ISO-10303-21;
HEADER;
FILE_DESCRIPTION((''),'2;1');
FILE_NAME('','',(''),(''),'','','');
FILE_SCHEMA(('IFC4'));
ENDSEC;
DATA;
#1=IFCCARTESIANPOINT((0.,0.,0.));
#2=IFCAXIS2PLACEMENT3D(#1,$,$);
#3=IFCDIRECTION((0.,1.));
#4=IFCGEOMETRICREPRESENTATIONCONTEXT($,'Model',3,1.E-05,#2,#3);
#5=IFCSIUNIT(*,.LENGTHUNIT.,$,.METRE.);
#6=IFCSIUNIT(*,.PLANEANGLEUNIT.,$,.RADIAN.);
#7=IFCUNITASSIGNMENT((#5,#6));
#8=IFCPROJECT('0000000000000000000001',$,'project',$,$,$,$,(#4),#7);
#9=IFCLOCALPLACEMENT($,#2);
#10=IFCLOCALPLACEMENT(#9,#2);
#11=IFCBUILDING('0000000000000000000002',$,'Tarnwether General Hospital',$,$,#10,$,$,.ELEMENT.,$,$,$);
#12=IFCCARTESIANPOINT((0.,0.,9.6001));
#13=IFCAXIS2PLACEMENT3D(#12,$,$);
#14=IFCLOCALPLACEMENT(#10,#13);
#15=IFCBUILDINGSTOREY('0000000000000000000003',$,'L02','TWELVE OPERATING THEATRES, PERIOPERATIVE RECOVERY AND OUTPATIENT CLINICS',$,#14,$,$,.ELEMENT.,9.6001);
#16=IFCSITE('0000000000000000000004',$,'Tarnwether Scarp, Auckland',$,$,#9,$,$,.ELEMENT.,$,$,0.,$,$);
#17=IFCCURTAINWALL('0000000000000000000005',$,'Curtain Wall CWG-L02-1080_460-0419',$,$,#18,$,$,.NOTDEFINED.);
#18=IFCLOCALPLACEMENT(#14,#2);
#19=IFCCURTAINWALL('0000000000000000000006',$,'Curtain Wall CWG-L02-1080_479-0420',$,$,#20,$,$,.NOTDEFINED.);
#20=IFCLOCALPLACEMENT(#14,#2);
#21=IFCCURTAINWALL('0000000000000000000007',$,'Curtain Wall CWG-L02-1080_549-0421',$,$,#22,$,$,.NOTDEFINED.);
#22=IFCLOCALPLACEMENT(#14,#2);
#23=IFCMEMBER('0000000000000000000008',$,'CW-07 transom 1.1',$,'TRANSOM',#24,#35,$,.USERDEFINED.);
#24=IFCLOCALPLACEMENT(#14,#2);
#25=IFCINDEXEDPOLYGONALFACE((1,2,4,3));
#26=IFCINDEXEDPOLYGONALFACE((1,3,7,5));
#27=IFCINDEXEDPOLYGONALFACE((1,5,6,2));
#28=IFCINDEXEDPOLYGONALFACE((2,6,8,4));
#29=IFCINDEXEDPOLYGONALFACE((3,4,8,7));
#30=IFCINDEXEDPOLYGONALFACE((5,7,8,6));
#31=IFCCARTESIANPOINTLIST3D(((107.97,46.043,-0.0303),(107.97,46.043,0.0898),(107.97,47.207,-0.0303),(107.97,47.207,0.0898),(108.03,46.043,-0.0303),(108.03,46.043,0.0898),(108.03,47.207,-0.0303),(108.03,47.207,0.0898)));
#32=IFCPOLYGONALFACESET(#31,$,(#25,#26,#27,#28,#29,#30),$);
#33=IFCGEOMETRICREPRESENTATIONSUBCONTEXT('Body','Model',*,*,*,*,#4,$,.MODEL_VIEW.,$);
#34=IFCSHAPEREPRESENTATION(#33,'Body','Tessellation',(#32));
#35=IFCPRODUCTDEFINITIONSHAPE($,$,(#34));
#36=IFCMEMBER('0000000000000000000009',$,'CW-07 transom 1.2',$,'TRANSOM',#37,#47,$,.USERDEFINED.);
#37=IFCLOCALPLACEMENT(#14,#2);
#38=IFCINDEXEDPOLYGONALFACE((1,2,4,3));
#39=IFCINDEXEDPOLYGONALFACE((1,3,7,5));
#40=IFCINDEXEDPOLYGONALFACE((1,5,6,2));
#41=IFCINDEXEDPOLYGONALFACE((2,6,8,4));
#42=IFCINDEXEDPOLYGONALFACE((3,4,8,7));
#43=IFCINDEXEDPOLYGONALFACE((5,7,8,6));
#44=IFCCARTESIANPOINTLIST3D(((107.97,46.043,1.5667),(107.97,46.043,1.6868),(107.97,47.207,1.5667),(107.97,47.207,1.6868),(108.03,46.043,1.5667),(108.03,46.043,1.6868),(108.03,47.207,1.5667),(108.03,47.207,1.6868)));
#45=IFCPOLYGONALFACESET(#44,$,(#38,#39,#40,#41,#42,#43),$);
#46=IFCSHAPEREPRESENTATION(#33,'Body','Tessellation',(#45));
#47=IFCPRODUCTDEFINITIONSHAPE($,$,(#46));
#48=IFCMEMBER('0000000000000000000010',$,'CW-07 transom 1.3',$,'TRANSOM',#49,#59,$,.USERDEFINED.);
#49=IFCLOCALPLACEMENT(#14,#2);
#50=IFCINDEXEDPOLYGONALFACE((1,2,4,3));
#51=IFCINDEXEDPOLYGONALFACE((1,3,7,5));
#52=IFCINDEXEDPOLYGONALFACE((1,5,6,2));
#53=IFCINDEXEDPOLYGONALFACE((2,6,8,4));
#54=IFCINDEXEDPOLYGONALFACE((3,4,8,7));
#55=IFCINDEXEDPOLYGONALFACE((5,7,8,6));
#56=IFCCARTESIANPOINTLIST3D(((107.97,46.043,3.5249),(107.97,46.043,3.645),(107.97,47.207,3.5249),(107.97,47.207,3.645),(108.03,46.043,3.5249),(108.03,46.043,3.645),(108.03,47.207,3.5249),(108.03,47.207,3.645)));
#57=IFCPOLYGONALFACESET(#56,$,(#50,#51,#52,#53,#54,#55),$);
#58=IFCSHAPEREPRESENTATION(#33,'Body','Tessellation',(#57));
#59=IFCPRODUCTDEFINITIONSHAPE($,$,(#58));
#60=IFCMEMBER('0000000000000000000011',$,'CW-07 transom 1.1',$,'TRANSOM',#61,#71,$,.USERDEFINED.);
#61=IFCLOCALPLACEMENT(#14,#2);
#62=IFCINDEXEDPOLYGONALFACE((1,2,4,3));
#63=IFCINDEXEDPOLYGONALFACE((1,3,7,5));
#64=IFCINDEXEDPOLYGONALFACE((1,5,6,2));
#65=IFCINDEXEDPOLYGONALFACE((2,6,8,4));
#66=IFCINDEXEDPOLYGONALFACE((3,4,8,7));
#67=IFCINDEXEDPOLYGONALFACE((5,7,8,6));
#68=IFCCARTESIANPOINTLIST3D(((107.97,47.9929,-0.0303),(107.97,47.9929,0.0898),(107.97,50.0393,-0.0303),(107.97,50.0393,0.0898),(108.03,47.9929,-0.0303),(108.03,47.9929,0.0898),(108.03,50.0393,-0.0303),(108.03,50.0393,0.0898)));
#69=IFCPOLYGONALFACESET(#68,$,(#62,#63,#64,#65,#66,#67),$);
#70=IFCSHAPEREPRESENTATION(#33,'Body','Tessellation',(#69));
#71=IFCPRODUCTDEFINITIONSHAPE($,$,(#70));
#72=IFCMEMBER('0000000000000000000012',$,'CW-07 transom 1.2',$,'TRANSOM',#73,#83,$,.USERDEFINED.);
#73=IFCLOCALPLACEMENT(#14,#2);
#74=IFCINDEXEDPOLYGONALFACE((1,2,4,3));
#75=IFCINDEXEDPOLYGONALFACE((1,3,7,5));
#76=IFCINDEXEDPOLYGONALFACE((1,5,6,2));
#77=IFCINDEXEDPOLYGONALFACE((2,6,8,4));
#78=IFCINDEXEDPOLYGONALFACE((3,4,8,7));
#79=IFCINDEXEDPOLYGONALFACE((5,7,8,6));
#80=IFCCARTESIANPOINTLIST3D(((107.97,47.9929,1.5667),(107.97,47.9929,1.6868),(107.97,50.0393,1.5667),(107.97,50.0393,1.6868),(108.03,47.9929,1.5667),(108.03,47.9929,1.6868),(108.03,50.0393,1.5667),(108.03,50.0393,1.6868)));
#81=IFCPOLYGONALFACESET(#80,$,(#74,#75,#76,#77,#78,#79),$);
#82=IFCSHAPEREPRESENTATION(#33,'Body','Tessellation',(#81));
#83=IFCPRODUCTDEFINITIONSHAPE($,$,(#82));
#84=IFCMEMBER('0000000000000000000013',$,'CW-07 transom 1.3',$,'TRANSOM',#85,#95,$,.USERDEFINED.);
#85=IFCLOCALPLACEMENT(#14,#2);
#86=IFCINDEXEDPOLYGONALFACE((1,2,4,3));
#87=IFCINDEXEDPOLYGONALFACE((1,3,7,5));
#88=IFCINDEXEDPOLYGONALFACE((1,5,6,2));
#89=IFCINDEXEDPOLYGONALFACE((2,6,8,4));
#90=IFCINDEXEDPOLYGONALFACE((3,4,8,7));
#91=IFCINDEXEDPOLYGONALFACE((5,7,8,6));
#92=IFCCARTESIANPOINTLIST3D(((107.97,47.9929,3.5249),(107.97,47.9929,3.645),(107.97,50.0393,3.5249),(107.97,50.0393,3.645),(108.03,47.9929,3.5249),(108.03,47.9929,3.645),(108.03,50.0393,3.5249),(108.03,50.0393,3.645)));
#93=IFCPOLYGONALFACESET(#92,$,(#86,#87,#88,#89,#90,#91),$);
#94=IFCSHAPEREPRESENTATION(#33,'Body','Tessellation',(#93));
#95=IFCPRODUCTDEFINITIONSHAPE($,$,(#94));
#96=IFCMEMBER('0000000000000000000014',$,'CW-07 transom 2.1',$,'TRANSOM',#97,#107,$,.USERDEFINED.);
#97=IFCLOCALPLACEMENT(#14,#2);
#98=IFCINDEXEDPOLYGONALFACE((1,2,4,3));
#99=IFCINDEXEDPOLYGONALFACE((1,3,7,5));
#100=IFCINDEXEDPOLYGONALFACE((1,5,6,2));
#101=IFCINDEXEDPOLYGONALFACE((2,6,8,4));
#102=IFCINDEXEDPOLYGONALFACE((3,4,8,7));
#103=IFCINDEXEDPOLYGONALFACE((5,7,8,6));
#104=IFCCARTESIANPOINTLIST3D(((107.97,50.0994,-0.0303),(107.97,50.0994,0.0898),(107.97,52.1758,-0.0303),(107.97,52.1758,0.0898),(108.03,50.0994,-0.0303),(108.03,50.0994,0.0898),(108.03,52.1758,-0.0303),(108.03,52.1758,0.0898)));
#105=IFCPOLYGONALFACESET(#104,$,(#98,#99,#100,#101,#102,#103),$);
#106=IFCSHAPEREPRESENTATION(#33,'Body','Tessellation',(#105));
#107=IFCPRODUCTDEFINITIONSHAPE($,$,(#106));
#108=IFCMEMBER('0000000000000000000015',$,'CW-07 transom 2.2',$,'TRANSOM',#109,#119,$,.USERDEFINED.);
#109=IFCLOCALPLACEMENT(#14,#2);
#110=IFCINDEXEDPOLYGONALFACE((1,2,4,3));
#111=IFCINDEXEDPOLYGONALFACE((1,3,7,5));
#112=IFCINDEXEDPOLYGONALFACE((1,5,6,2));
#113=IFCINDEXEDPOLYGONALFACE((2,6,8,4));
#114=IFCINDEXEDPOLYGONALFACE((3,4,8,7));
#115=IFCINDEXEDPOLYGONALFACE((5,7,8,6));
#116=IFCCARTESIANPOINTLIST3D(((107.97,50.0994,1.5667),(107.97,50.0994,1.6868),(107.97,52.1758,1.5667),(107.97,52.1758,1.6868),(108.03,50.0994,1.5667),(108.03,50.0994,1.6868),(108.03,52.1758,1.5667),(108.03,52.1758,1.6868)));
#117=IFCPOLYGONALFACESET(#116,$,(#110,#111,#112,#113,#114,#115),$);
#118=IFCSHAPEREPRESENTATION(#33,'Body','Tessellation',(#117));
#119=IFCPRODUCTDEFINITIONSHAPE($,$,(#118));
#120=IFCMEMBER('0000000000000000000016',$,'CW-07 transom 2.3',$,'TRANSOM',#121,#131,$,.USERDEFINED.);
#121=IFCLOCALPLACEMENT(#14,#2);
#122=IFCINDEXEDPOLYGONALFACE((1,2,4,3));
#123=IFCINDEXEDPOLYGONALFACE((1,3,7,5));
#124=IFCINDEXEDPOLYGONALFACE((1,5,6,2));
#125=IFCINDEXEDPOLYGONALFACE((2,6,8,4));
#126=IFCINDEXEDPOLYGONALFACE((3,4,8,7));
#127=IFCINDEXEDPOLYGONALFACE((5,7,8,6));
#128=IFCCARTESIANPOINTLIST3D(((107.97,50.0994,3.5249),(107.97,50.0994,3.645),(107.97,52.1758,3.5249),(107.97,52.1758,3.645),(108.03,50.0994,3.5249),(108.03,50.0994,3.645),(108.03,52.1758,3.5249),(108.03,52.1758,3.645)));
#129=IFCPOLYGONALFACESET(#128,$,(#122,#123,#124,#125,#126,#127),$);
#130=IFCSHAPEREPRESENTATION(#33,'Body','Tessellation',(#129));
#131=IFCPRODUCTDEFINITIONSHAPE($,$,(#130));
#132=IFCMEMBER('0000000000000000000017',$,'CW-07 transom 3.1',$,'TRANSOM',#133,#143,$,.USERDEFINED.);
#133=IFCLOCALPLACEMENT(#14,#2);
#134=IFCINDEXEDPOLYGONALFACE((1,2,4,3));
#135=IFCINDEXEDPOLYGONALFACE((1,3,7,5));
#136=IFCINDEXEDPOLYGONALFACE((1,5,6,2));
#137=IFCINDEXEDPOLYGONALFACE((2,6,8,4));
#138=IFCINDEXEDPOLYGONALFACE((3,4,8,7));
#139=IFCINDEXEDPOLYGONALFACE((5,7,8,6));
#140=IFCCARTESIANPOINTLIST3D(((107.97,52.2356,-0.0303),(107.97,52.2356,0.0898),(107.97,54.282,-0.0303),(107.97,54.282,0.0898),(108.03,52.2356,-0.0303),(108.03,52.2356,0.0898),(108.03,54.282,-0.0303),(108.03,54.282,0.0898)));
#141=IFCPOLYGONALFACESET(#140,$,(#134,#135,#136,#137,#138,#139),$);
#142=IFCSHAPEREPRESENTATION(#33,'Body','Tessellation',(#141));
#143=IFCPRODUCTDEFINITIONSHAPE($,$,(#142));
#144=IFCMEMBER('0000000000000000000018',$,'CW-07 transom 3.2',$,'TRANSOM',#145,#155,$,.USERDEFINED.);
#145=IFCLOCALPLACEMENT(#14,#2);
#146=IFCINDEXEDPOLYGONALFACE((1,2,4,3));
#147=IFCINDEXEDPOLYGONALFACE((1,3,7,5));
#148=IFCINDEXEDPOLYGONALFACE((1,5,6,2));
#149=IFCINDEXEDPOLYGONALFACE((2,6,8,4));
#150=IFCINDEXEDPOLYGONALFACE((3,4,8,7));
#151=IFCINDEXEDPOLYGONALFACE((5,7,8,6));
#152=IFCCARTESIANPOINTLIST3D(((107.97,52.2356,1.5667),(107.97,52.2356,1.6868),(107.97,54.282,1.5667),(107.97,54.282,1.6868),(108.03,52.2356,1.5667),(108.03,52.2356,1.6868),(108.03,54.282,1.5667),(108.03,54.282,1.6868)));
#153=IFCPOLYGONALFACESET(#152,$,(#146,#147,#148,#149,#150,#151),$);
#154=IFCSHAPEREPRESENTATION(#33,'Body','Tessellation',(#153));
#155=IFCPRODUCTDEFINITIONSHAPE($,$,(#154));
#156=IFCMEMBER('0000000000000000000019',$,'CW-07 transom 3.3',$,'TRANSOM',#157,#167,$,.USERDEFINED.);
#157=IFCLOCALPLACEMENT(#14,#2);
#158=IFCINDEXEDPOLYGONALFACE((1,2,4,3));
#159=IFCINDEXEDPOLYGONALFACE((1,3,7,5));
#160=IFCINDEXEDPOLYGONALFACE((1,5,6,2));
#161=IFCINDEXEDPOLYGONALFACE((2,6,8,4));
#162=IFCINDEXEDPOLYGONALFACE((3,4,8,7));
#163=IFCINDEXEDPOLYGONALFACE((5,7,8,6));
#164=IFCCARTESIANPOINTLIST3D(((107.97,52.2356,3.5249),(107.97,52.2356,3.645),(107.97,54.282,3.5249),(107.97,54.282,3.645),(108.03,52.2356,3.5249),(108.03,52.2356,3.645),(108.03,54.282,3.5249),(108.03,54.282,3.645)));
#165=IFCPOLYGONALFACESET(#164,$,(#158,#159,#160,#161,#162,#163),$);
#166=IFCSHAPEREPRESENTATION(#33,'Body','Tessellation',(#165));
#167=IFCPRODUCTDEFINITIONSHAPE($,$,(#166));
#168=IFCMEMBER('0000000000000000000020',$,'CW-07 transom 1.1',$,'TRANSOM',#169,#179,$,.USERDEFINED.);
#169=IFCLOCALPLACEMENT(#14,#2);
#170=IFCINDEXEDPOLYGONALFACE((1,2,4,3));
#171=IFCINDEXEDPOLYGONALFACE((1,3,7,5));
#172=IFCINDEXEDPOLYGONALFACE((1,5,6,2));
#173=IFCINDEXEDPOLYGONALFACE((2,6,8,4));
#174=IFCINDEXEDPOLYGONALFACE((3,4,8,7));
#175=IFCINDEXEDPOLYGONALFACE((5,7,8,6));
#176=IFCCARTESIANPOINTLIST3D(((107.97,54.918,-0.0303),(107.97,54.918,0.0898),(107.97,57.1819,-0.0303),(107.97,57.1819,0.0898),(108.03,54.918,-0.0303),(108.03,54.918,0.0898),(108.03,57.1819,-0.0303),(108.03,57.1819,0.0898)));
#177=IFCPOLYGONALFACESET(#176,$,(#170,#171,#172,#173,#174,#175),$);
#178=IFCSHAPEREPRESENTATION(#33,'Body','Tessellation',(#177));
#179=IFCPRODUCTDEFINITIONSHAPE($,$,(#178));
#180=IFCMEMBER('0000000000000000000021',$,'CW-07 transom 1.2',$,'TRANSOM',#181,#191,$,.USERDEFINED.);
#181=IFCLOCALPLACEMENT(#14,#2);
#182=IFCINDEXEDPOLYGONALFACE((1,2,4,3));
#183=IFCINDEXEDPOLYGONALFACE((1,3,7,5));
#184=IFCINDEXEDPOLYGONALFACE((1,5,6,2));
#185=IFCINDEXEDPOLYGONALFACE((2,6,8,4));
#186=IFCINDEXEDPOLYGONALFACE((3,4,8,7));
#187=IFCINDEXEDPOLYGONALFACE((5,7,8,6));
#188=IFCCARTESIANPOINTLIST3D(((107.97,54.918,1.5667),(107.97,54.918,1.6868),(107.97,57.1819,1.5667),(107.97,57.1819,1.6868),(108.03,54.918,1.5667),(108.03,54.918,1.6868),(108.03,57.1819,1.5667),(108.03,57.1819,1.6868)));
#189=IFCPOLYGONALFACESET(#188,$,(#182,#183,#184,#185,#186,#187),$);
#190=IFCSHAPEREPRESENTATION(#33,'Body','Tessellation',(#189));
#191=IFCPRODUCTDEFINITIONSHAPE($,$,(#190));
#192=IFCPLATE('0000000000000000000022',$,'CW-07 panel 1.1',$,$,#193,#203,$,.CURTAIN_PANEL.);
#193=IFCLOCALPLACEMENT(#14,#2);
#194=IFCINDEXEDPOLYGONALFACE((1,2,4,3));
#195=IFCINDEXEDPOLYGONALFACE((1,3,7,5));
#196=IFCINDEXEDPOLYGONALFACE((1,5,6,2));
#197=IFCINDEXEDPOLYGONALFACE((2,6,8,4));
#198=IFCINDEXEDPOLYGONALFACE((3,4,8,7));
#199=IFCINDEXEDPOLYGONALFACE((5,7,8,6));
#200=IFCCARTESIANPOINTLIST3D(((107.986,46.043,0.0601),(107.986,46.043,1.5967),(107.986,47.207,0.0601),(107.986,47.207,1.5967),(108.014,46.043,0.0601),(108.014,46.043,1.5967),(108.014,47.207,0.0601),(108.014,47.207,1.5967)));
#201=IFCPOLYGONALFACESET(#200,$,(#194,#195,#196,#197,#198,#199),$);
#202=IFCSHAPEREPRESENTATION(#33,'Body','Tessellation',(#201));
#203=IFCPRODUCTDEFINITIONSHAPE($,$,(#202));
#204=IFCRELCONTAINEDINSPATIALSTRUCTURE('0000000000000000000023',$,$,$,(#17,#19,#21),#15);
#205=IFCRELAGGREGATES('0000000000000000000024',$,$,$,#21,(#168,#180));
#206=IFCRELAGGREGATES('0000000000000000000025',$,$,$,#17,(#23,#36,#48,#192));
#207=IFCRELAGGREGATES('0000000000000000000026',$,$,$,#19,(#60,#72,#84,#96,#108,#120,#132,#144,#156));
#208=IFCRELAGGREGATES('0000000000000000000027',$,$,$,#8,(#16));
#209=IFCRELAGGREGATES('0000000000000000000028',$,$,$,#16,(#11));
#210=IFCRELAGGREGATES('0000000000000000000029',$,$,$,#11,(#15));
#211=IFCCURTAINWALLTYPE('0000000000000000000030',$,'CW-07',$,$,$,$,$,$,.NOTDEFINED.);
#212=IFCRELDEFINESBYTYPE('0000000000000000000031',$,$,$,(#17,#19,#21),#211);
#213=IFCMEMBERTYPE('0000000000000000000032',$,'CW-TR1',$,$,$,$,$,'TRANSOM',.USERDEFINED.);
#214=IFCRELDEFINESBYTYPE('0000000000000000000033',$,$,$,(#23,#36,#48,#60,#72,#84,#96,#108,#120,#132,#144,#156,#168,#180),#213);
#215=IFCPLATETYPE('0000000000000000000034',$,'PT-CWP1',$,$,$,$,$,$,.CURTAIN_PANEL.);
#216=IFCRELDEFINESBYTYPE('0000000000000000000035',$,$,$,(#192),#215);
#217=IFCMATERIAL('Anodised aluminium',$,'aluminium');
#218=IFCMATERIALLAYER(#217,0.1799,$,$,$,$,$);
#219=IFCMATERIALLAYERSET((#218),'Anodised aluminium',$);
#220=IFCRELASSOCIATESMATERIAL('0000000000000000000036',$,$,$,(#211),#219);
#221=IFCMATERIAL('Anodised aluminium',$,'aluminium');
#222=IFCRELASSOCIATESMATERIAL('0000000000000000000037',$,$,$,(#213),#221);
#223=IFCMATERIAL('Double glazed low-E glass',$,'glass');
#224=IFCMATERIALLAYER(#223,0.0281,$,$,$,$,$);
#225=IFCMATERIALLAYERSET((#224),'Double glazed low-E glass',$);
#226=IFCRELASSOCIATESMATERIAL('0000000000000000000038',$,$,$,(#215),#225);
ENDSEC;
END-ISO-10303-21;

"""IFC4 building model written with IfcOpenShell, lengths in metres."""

from ifc_helpers import new_model, si_unit, direction, frame, origin, origin_2d, place, context, subcontext, project, spatial, rectangle, extrude, material, layer, layer_set, material_profile, profile_set, type_object, element, aggregate, save


model = new_model("IFC4")

# Units and contexts
model_context = context("Model", 3, precision=1e-05, world=origin(), true_north=direction((0.0, 1.0)))
body_context = subcontext(model_context, "Body", "Model", "MODEL_VIEW")
ifc_project = project(units=[si_unit("LENGTHUNIT", "METRE"), si_unit("PLANEANGLEUNIT", "RADIAN")], contexts=[model_context])

# Site, building, storey
site_placement = place(None, origin())
site = spatial("IfcSite", under=ifc_project, at=site_placement, Name="Tarnwether Scarp, Auckland", CompositionType="ELEMENT", RefElevation=0.0)
building_placement = place(site_placement, origin())
building = spatial("IfcBuilding", under=site, at=building_placement, Name="Tarnwether General Hospital", CompositionType="ELEMENT")
storey_placement = place(building_placement, frame((0.0, 0.0, 9.6001)))
storey = spatial("IfcBuildingStorey", under=building, at=storey_placement, Name="L02", Description="TWELVE OPERATING THEATRES, PERIOPERATIVE RECOVERY AND OUTPATIENT CLINICS", CompositionType="ELEMENT", Elevation=9.6001)

# Curtain walls
ifc_material_1 = material(Name="Anodised aluminium", Category="aluminium")
ifc_layer_1 = layer(ifc_material_1, 0.1799)
ifc_layer_set_1 = layer_set([ifc_layer_1], Name="Anodised aluminium")
curtain_wall_type = type_object("IfcCurtainWallType", Name="CW-07", PredefinedType="NOTDEFINED", material=ifc_layer_set_1)
curtain_wall_1_placement = place(storey_placement, origin())
curtain_wall_1 = element("IfcCurtainWall", 1, at=curtain_wall_1_placement, inside=storey, type_object=curtain_wall_type, Name="Curtain Wall CWG-L02-1080_460-0419", PredefinedType="NOTDEFINED")
curtain_wall_2_placement = place(storey_placement, origin())
curtain_wall_2 = element("IfcCurtainWall", 2, at=curtain_wall_2_placement, inside=storey, type_object=curtain_wall_type, Name="Curtain Wall CWG-L02-1080_479-0420", PredefinedType="NOTDEFINED")

# Curtain wall
curtain_wall_3_placement = place(storey_placement, origin())
curtain_wall_3 = element("IfcCurtainWall", 3, at=curtain_wall_3_placement, inside=storey, type_object=curtain_wall_type, Name="Curtain Wall CWG-L02-1080_549-0421", PredefinedType="NOTDEFINED")

# Members
ifc_material_2 = material(Name="Anodised aluminium", Category="aluminium")
ifc_material_profile_1 = material_profile(ifc_material_2, rectangle(XDim=0.0601, YDim=0.1201, at=origin_2d()), Name="ALU-TRN-60x120")
ifc_profile_set_1 = profile_set([ifc_material_profile_1], Name="Anodised aluminium")
member_type_1 = type_object("IfcMemberType", Name="CW-TR1", ElementType="TRANSOM", PredefinedType="USERDEFINED", material=ifc_profile_set_1)
member_1_placement = place(storey_placement, frame((108.0, 46.043, 0.0298), z_axis=(0.0, 1.0, 0.0), x_axis=(-1.0, 0.0, 0.0)))
member_1 = element("IfcMember", 4, at=member_1_placement, type_object=member_type_1, Name="CW-07 transom 1.1", ObjectType="TRANSOM", PredefinedType="USERDEFINED", context=body_context, shape_type="SweptSolid", body=[
    extrude(rectangle(XDim=0.0601, YDim=0.1201, at=origin_2d()), origin(), (0.0, 0.0, 1.0), 1.1641),
])
member_2_placement = place(storey_placement, frame((108.0, 46.043, 1.6267), z_axis=(0.0, 1.0, 0.0), x_axis=(-1.0, 0.0, 0.0)))
member_2 = element("IfcMember", 5, at=member_2_placement, type_object=member_type_1, Name="CW-07 transom 1.2", ObjectType="TRANSOM", PredefinedType="USERDEFINED", context=body_context, shape_type="SweptSolid", body=[
    extrude(rectangle(XDim=0.0601, YDim=0.1201, at=origin_2d()), origin(), (0.0, 0.0, 1.0), 1.1641),
])
member_3_placement = place(storey_placement, frame((108.0, 46.043, 3.585), z_axis=(0.0, 1.0, 0.0), x_axis=(-1.0, 0.0, 0.0)))
member_3 = element("IfcMember", 6, at=member_3_placement, type_object=member_type_1, Name="CW-07 transom 1.3", ObjectType="TRANSOM", PredefinedType="USERDEFINED", context=body_context, shape_type="SweptSolid", body=[
    extrude(rectangle(XDim=0.0601, YDim=0.1201, at=origin_2d()), origin(), (0.0, 0.0, 1.0), 1.1641),
])
member_4_placement = place(storey_placement, frame((108.0, 47.9929, 0.0298), z_axis=(0.0, 1.0, 0.0), x_axis=(-1.0, 0.0, 0.0)))
member_4 = element("IfcMember", 7, at=member_4_placement, type_object=member_type_1, Name="CW-07 transom 1.1", ObjectType="TRANSOM", PredefinedType="USERDEFINED", context=body_context, shape_type="SweptSolid", body=[
    extrude(rectangle(XDim=0.0601, YDim=0.1201, at=origin_2d()), origin(), (0.0, 0.0, 1.0), 2.0464),
])
member_5_placement = place(storey_placement, frame((108.0, 47.9929, 1.6267), z_axis=(0.0, 1.0, 0.0), x_axis=(-1.0, 0.0, 0.0)))
member_5 = element("IfcMember", 8, at=member_5_placement, type_object=member_type_1, Name="CW-07 transom 1.2", ObjectType="TRANSOM", PredefinedType="USERDEFINED", context=body_context, shape_type="SweptSolid", body=[
    extrude(rectangle(XDim=0.0601, YDim=0.1201, at=origin_2d()), origin(), (0.0, 0.0, 1.0), 2.0464),
])
member_6_placement = place(storey_placement, frame((108.0, 47.9929, 3.585), z_axis=(0.0, 1.0, 0.0), x_axis=(-1.0, 0.0, 0.0)))
member_6 = element("IfcMember", 9, at=member_6_placement, type_object=member_type_1, Name="CW-07 transom 1.3", ObjectType="TRANSOM", PredefinedType="USERDEFINED", context=body_context, shape_type="SweptSolid", body=[
    extrude(rectangle(XDim=0.0601, YDim=0.1201, at=origin_2d()), origin(), (0.0, 0.0, 1.0), 2.0464),
])
member_7_placement = place(storey_placement, frame((108.0, 50.0994, 0.0298), z_axis=(0.0, 1.0, 0.0), x_axis=(-1.0, 0.0, 0.0)))
member_7 = element("IfcMember", 10, at=member_7_placement, type_object=member_type_1, Name="CW-07 transom 2.1", ObjectType="TRANSOM", PredefinedType="USERDEFINED", context=body_context, shape_type="SweptSolid", body=[
    extrude(rectangle(XDim=0.0601, YDim=0.1201, at=origin_2d()), origin(), (0.0, 0.0, 1.0), 2.0764),
])
member_8_placement = place(storey_placement, frame((108.0, 50.0994, 1.6267), z_axis=(0.0, 1.0, 0.0), x_axis=(-1.0, 0.0, 0.0)))
member_8 = element("IfcMember", 11, at=member_8_placement, type_object=member_type_1, Name="CW-07 transom 2.2", ObjectType="TRANSOM", PredefinedType="USERDEFINED", context=body_context, shape_type="SweptSolid", body=[
    extrude(rectangle(XDim=0.0601, YDim=0.1201, at=origin_2d()), origin(), (0.0, 0.0, 1.0), 2.0764),
])
member_9_placement = place(storey_placement, frame((108.0, 50.0994, 3.585), z_axis=(0.0, 1.0, 0.0), x_axis=(-1.0, 0.0, 0.0)))
member_9 = element("IfcMember", 12, at=member_9_placement, type_object=member_type_1, Name="CW-07 transom 2.3", ObjectType="TRANSOM", PredefinedType="USERDEFINED", context=body_context, shape_type="SweptSolid", body=[
    extrude(rectangle(XDim=0.0601, YDim=0.1201, at=origin_2d()), origin(), (0.0, 0.0, 1.0), 2.0764),
])
member_10_placement = place(storey_placement, frame((108.0, 52.2356, 0.0298), z_axis=(0.0, 1.0, 0.0), x_axis=(-1.0, 0.0, 0.0)))
member_10 = element("IfcMember", 13, at=member_10_placement, type_object=member_type_1, Name="CW-07 transom 3.1", ObjectType="TRANSOM", PredefinedType="USERDEFINED", context=body_context, shape_type="SweptSolid", body=[
    extrude(rectangle(XDim=0.0601, YDim=0.1201, at=origin_2d()), origin(), (0.0, 0.0, 1.0), 2.0464),
])
member_11_placement = place(storey_placement, frame((108.0, 52.2356, 1.6267), z_axis=(0.0, 1.0, 0.0), x_axis=(-1.0, 0.0, 0.0)))
member_11 = element("IfcMember", 14, at=member_11_placement, type_object=member_type_1, Name="CW-07 transom 3.2", ObjectType="TRANSOM", PredefinedType="USERDEFINED", context=body_context, shape_type="SweptSolid", body=[
    extrude(rectangle(XDim=0.0601, YDim=0.1201, at=origin_2d()), origin(), (0.0, 0.0, 1.0), 2.0464),
])
member_12_placement = place(storey_placement, frame((108.0, 52.2356, 3.585), z_axis=(0.0, 1.0, 0.0), x_axis=(-1.0, 0.0, 0.0)))
member_12 = element("IfcMember", 15, at=member_12_placement, type_object=member_type_1, Name="CW-07 transom 3.3", ObjectType="TRANSOM", PredefinedType="USERDEFINED", context=body_context, shape_type="SweptSolid", body=[
    extrude(rectangle(XDim=0.0601, YDim=0.1201, at=origin_2d()), origin(), (0.0, 0.0, 1.0), 2.0464),
])
member_13_placement = place(storey_placement, frame((108.0, 54.918, 0.0298), z_axis=(0.0, 1.0, 0.0), x_axis=(-1.0, 0.0, 0.0)))
member_13 = element("IfcMember", 16, at=member_13_placement, type_object=member_type_1, Name="CW-07 transom 1.1", ObjectType="TRANSOM", PredefinedType="USERDEFINED", context=body_context, shape_type="SweptSolid", body=[
    extrude(rectangle(XDim=0.0601, YDim=0.1201, at=origin_2d()), origin(), (0.0, 0.0, 1.0), 2.2639),
])
member_14_placement = place(storey_placement, frame((108.0, 54.918, 1.6267), z_axis=(0.0, 1.0, 0.0), x_axis=(-1.0, 0.0, 0.0)))
member_14 = element("IfcMember", 17, at=member_14_placement, type_object=member_type_1, Name="CW-07 transom 1.2", ObjectType="TRANSOM", PredefinedType="USERDEFINED", context=body_context, shape_type="SweptSolid", body=[
    extrude(rectangle(XDim=0.0601, YDim=0.1201, at=origin_2d()), origin(), (0.0, 0.0, 1.0), 2.2639),
])
aggregate(curtain_wall_3, [member_13, member_14])

# Plate
ifc_material_3 = material(Name="Double glazed low-E glass", Category="glass")
ifc_layer_2 = layer(ifc_material_3, 0.0281)
ifc_layer_set_2 = layer_set([ifc_layer_2], Name="Double glazed low-E glass")
plate_type = type_object("IfcPlateType", Name="PT-CWP1", PredefinedType="CURTAIN_PANEL", material=ifc_layer_set_2)
plate_1_placement = place(storey_placement, frame((108.0, 46.625, 0.0601), z_axis=(0.0, 0.0, 1.0), x_axis=(0.0, 1.0, 0.0)))
plate_1 = element("IfcPlate", 18, at=plate_1_placement, type_object=plate_type, Name="CW-07 panel 1.1", PredefinedType="CURTAIN_PANEL", context=body_context, shape_type="SweptSolid", body=[
    extrude(rectangle(XDim=1.1641, YDim=0.0281, at=origin_2d()), origin(), (0.0, 0.0, 1.0), 1.5366),
])
aggregate(curtain_wall_1, [member_1, member_2, member_3, plate_1])
aggregate(curtain_wall_2, [member_4, member_5, member_6, member_7, member_8, member_9, member_10, member_11, member_12])

save(model, "model.ifc")
